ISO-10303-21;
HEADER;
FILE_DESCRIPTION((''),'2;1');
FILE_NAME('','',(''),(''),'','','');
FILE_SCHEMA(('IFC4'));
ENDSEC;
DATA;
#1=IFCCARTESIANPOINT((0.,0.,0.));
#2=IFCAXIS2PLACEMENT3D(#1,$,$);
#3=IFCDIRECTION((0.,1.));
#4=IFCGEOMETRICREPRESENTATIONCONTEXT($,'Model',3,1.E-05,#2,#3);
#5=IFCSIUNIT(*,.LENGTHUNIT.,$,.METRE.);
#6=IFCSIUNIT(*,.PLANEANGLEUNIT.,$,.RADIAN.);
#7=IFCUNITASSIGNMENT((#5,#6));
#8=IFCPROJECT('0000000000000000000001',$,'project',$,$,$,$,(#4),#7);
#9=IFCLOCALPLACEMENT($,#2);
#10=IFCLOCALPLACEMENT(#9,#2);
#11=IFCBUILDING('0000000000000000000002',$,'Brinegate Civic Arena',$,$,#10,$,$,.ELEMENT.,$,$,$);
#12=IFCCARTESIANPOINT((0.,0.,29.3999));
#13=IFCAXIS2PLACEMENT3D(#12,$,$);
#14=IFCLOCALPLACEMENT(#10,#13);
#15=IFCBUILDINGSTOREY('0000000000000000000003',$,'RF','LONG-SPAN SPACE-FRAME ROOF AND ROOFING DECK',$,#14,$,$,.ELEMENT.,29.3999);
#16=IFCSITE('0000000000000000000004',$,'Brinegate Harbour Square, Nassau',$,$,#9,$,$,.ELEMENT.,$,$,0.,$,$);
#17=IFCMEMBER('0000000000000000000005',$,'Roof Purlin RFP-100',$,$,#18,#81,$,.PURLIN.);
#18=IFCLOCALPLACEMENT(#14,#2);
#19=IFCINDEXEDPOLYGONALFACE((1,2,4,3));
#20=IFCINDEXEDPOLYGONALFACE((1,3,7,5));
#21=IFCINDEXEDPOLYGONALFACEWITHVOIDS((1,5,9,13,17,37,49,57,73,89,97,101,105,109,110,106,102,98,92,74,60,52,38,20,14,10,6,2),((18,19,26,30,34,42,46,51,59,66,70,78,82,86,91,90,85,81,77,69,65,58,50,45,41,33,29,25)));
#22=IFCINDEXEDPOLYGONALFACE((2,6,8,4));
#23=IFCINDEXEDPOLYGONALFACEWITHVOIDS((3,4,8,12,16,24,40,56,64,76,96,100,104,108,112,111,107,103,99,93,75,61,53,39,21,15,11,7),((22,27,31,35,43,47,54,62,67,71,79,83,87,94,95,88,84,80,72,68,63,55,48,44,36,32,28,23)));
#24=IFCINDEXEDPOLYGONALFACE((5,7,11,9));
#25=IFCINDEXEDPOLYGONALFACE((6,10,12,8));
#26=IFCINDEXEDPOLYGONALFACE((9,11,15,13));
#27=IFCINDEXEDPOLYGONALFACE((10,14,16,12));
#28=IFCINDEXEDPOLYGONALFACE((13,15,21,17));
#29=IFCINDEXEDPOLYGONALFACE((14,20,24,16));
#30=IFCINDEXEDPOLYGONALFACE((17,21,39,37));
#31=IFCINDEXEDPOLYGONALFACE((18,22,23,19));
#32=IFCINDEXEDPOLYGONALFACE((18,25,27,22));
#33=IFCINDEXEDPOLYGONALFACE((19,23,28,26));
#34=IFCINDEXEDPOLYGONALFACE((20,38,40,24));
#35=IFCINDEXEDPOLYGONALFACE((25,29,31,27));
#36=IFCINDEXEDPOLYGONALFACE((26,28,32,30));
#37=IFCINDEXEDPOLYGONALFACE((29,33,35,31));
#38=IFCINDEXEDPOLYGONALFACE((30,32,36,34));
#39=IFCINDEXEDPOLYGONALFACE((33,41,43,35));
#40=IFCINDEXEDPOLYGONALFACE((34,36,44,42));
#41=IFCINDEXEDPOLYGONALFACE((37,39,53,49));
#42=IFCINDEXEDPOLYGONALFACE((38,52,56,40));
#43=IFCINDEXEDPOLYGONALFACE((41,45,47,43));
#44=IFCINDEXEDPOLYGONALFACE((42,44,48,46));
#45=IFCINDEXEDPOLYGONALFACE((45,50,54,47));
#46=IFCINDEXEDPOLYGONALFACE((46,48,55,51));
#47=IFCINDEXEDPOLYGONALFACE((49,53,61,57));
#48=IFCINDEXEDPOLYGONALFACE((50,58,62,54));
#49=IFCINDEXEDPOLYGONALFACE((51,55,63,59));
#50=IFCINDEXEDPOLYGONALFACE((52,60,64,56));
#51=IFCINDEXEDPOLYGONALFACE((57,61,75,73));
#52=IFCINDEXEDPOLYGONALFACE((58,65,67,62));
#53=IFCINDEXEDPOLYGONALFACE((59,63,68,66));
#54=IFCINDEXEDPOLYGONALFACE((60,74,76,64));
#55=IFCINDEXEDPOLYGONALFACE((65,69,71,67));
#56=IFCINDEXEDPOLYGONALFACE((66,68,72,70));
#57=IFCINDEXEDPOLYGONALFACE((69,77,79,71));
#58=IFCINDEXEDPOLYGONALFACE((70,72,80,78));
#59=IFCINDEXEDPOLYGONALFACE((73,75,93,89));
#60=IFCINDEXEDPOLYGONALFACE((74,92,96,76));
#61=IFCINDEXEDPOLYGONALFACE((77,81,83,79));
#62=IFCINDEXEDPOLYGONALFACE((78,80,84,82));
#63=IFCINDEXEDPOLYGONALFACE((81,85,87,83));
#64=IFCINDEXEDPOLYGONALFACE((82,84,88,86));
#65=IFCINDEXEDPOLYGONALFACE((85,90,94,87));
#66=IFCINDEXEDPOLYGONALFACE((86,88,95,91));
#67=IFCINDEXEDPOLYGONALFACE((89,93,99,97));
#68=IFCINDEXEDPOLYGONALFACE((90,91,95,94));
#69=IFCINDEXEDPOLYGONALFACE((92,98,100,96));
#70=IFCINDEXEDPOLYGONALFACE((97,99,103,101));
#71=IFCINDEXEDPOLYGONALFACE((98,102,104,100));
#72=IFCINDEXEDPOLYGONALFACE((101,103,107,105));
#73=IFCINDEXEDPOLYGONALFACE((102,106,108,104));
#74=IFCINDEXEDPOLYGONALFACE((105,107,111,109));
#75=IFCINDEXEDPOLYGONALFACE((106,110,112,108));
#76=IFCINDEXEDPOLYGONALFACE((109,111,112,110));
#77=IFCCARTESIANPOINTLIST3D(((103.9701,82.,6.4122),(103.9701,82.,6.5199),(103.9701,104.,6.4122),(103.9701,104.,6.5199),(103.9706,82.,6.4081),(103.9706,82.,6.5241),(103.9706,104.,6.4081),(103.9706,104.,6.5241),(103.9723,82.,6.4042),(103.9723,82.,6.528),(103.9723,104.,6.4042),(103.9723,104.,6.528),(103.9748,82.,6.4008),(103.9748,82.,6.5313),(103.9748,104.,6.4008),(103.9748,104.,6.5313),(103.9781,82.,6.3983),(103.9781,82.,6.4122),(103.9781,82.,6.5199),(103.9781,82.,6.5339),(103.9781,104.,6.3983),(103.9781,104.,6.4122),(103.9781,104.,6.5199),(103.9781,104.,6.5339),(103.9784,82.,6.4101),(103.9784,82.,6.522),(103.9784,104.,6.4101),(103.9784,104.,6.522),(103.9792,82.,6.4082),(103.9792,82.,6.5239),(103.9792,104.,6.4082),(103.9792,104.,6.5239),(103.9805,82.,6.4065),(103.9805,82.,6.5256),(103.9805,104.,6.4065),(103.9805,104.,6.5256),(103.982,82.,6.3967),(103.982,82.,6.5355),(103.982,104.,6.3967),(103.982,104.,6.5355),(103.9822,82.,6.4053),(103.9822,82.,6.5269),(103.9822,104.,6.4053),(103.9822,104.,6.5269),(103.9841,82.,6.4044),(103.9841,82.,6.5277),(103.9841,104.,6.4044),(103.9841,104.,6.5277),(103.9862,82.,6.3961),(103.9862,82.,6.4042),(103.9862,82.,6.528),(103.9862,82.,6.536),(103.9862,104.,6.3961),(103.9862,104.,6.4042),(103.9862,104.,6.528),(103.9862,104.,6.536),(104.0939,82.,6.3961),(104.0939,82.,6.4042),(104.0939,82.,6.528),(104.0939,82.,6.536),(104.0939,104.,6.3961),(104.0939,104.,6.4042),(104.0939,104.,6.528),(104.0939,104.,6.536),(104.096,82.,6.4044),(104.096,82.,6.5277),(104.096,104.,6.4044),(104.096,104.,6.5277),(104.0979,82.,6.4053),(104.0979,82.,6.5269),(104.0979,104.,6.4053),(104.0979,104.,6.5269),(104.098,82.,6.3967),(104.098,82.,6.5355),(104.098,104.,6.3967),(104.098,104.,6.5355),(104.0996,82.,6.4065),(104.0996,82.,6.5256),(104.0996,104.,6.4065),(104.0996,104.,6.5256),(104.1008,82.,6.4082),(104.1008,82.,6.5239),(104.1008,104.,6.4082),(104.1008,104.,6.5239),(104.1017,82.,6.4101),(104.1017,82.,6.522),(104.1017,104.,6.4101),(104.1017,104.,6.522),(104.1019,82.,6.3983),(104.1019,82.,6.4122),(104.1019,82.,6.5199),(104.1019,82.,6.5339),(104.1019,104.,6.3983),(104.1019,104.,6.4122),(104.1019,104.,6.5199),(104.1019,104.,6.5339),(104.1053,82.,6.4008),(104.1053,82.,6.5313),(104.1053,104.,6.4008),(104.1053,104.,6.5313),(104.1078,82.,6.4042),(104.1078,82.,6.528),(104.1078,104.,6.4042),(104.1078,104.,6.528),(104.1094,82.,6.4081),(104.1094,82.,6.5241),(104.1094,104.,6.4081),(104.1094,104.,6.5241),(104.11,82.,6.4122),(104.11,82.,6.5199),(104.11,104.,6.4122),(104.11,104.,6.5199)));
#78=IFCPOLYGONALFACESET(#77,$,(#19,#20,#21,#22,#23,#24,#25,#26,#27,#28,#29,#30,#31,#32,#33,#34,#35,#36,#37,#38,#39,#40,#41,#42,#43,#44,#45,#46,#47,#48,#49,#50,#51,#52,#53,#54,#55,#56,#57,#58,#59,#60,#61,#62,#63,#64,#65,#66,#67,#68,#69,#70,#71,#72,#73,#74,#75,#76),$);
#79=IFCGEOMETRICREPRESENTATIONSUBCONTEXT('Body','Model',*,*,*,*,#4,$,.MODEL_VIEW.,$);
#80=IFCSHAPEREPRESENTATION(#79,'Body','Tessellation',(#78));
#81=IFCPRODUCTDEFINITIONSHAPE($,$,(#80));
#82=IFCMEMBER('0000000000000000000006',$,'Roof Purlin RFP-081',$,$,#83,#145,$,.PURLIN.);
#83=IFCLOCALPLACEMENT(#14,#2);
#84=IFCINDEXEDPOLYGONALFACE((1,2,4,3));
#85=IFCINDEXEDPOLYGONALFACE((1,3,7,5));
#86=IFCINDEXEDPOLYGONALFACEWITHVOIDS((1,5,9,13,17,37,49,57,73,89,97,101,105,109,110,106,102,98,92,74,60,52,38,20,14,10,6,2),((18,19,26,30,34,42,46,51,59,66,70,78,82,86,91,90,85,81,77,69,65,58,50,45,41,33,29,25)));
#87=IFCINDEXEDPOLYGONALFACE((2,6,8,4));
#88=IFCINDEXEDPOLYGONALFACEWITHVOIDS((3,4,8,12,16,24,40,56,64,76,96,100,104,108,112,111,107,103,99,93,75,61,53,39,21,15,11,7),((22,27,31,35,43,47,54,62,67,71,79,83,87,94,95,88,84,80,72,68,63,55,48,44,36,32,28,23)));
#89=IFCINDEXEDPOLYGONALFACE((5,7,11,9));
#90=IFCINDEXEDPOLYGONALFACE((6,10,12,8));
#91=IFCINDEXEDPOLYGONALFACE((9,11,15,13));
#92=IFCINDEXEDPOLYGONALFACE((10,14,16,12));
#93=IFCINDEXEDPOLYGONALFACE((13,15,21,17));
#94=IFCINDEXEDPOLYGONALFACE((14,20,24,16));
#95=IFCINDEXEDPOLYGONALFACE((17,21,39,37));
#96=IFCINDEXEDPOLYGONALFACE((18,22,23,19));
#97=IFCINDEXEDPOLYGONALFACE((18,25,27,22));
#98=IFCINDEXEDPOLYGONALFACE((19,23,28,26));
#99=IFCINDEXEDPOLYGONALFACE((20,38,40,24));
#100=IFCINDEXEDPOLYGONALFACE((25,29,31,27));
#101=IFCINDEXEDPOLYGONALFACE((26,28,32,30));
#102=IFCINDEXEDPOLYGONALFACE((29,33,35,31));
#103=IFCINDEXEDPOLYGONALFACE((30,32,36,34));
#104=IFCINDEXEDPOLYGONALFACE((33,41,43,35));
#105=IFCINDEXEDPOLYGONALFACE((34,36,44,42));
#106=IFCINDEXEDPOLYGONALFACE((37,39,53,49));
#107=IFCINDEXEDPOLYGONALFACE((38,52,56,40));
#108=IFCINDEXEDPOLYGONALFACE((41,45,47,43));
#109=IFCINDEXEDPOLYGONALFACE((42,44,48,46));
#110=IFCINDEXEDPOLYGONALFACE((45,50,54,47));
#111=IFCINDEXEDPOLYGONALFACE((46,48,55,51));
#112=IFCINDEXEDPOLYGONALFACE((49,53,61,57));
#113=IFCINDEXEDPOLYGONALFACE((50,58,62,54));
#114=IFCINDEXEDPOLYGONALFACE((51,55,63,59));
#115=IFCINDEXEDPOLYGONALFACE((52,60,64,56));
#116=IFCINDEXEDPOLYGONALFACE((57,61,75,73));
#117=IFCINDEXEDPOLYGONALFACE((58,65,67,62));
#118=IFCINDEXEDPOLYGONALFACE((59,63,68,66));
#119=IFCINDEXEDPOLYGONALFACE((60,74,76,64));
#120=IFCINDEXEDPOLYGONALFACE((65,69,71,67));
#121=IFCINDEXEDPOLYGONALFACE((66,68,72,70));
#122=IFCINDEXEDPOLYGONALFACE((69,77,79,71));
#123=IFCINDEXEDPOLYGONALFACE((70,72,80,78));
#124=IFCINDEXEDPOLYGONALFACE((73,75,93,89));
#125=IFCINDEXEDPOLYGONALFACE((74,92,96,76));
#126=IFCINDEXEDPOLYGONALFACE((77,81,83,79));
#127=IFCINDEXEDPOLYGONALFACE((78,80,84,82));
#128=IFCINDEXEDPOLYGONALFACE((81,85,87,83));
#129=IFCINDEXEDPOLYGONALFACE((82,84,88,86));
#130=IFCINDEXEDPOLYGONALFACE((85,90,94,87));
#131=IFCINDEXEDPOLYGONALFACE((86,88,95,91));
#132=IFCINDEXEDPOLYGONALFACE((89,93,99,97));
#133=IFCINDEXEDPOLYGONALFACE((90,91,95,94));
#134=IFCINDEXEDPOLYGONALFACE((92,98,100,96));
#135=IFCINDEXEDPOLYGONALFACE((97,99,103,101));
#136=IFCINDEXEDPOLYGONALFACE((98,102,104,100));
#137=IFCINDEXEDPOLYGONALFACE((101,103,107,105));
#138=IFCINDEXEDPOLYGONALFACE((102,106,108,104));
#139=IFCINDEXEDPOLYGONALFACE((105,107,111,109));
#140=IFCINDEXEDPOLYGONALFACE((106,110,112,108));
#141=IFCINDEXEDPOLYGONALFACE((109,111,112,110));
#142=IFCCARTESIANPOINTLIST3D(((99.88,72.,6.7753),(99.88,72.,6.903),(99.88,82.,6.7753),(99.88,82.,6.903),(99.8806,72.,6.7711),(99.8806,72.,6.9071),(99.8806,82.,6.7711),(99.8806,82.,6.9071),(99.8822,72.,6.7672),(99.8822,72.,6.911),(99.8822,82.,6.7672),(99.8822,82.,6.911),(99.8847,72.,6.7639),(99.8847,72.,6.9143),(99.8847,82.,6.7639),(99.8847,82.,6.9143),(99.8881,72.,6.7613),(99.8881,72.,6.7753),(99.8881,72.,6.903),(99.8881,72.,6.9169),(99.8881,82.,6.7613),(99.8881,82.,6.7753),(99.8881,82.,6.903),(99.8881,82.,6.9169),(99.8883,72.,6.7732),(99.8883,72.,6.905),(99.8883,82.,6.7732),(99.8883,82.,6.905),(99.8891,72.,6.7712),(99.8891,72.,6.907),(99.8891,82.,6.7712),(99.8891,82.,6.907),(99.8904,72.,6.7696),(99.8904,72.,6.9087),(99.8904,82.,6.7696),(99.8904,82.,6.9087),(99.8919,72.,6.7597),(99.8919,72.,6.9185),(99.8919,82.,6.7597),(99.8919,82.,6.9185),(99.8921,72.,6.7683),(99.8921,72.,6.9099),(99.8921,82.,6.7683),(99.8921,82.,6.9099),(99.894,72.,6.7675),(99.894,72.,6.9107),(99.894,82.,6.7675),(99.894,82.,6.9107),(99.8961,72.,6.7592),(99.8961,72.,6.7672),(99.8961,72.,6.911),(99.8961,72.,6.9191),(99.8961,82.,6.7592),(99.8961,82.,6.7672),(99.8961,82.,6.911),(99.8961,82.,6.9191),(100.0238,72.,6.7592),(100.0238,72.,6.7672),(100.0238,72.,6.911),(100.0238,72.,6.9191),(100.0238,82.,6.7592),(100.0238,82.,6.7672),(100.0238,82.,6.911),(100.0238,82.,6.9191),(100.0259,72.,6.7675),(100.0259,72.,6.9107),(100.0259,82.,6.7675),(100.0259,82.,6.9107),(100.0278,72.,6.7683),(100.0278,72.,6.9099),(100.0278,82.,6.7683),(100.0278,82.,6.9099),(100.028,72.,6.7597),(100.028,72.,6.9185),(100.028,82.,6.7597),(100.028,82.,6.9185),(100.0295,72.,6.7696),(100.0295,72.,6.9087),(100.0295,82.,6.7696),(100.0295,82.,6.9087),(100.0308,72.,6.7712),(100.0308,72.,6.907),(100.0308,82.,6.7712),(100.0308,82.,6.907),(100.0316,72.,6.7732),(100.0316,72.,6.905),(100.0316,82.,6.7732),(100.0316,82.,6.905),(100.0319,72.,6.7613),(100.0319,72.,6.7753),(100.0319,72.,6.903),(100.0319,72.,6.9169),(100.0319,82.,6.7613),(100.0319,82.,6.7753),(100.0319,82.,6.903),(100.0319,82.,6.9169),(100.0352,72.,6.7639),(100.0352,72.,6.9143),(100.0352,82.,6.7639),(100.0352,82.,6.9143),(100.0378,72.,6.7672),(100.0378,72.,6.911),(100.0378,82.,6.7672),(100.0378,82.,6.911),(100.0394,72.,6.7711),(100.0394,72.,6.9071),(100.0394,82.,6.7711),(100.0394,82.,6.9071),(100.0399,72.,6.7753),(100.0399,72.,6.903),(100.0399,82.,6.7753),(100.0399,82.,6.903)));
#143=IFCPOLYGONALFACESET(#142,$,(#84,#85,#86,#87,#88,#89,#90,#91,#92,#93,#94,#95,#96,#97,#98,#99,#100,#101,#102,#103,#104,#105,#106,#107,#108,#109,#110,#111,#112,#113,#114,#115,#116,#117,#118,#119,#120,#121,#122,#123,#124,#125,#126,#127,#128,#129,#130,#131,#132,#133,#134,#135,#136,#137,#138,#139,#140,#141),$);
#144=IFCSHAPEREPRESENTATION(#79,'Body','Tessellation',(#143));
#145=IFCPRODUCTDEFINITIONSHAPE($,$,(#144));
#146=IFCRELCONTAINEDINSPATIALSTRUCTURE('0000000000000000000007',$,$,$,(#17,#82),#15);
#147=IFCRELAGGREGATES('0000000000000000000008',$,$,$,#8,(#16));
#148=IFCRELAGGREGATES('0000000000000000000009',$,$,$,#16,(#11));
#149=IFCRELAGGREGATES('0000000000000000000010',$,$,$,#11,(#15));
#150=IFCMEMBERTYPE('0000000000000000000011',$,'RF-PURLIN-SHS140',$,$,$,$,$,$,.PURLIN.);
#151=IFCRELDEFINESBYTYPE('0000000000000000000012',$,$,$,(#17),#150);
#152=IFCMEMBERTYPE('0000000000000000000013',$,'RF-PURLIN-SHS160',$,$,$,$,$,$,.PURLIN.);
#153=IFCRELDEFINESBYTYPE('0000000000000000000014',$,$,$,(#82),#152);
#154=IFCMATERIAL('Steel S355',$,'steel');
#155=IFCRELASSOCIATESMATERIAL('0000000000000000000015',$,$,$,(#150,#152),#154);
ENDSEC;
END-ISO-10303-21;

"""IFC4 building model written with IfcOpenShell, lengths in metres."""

from ifc_helpers import new_model, si_unit, direction, frame, origin, origin_2d, place, context, subcontext, project, spatial, hollow_rectangle, extrude, material, material_profile, profile_set, type_object, element, save


model = new_model("IFC4")

# Units and contexts
model_context = context("Model", 3, precision=1e-05, world=origin(), true_north=direction((0.0, 1.0)))
body_context = subcontext(model_context, "Body", "Model", "MODEL_VIEW")
ifc_project = project(units=[si_unit("LENGTHUNIT", "METRE"), si_unit("PLANEANGLEUNIT", "RADIAN")], contexts=[model_context])

# Site, building, storey
site_placement = place(None, origin())
site = spatial("IfcSite", under=ifc_project, at=site_placement, Name="Brinegate Harbour Square, Nassau", CompositionType="ELEMENT", RefElevation=0.0)
building_placement = place(site_placement, origin())
building = spatial("IfcBuilding", under=site, at=building_placement, Name="Brinegate Civic Arena", CompositionType="ELEMENT")
storey_placement = place(building_placement, frame((0.0, 0.0, 29.3999)))
storey = spatial("IfcBuildingStorey", under=building, at=storey_placement, Name="RF", Description="LONG-SPAN SPACE-FRAME ROOF AND ROOFING DECK", CompositionType="ELEMENT", Elevation=29.3999)

# Members
ifc_material = material(Name="Steel S355", Category="steel")
ifc_material_profile_1 = material_profile(ifc_material, hollow_rectangle(XDim=0.1399, YDim=0.1399, WallThickness=0.0081, InnerFilletRadius=0.0081, OuterFilletRadius=0.0161, at=origin_2d()), Name="SHS140X8")
ifc_profile_set_1 = profile_set([ifc_material_profile_1], Name="Steel S355")
member_type_1 = type_object("IfcMemberType", Name="RF-PURLIN-SHS140", PredefinedType="PURLIN", material=ifc_profile_set_1)
for number, where, z_axis, x_axis, name in (
    (1, (104.04, 82.0, 6.4661), (0.0, 1.0, 0.0), (-1.0, 0.0, 0.0), "Roof Purlin RFP-100"),
):
    element("IfcMember", number, at=place(storey_placement, frame(where, z_axis=z_axis, x_axis=x_axis)), inside=storey, type_object=member_type_1, Name=name, PredefinedType="PURLIN", context=body_context, shape_type="SweptSolid", body=[
        extrude(hollow_rectangle(XDim=0.1399, YDim=0.1399, WallThickness=0.0081, InnerFilletRadius=0.0081, OuterFilletRadius=0.0161, at=origin_2d()), origin(), (0.0, 0.0, 1.0), 22.0),
    ])
ifc_material_profile_2 = material_profile(ifc_material, hollow_rectangle(XDim=0.1599, YDim=0.1599, WallThickness=0.0081, InnerFilletRadius=0.0081, OuterFilletRadius=0.0161, at=origin_2d()), Name="SHS160X8")
ifc_profile_set_2 = profile_set([ifc_material_profile_2], Name="Steel S355")
member_type_2 = type_object("IfcMemberType", Name="RF-PURLIN-SHS160", PredefinedType="PURLIN", material=ifc_profile_set_2)
for number, where, z_axis, x_axis, name in (
    (2, (99.96, 72.0, 6.8391), (0.0, 1.0, 0.0), (-1.0, 0.0, 0.0), "Roof Purlin RFP-081"),
):
    element("IfcMember", number, at=place(storey_placement, frame(where, z_axis=z_axis, x_axis=x_axis)), inside=storey, type_object=member_type_2, Name=name, PredefinedType="PURLIN", context=body_context, shape_type="SweptSolid", body=[
        extrude(hollow_rectangle(XDim=0.1599, YDim=0.1599, WallThickness=0.0081, InnerFilletRadius=0.0081, OuterFilletRadius=0.0161, at=origin_2d()), origin(), (0.0, 0.0, 1.0), 10.0),
    ])

save(model, "model.ifc")
